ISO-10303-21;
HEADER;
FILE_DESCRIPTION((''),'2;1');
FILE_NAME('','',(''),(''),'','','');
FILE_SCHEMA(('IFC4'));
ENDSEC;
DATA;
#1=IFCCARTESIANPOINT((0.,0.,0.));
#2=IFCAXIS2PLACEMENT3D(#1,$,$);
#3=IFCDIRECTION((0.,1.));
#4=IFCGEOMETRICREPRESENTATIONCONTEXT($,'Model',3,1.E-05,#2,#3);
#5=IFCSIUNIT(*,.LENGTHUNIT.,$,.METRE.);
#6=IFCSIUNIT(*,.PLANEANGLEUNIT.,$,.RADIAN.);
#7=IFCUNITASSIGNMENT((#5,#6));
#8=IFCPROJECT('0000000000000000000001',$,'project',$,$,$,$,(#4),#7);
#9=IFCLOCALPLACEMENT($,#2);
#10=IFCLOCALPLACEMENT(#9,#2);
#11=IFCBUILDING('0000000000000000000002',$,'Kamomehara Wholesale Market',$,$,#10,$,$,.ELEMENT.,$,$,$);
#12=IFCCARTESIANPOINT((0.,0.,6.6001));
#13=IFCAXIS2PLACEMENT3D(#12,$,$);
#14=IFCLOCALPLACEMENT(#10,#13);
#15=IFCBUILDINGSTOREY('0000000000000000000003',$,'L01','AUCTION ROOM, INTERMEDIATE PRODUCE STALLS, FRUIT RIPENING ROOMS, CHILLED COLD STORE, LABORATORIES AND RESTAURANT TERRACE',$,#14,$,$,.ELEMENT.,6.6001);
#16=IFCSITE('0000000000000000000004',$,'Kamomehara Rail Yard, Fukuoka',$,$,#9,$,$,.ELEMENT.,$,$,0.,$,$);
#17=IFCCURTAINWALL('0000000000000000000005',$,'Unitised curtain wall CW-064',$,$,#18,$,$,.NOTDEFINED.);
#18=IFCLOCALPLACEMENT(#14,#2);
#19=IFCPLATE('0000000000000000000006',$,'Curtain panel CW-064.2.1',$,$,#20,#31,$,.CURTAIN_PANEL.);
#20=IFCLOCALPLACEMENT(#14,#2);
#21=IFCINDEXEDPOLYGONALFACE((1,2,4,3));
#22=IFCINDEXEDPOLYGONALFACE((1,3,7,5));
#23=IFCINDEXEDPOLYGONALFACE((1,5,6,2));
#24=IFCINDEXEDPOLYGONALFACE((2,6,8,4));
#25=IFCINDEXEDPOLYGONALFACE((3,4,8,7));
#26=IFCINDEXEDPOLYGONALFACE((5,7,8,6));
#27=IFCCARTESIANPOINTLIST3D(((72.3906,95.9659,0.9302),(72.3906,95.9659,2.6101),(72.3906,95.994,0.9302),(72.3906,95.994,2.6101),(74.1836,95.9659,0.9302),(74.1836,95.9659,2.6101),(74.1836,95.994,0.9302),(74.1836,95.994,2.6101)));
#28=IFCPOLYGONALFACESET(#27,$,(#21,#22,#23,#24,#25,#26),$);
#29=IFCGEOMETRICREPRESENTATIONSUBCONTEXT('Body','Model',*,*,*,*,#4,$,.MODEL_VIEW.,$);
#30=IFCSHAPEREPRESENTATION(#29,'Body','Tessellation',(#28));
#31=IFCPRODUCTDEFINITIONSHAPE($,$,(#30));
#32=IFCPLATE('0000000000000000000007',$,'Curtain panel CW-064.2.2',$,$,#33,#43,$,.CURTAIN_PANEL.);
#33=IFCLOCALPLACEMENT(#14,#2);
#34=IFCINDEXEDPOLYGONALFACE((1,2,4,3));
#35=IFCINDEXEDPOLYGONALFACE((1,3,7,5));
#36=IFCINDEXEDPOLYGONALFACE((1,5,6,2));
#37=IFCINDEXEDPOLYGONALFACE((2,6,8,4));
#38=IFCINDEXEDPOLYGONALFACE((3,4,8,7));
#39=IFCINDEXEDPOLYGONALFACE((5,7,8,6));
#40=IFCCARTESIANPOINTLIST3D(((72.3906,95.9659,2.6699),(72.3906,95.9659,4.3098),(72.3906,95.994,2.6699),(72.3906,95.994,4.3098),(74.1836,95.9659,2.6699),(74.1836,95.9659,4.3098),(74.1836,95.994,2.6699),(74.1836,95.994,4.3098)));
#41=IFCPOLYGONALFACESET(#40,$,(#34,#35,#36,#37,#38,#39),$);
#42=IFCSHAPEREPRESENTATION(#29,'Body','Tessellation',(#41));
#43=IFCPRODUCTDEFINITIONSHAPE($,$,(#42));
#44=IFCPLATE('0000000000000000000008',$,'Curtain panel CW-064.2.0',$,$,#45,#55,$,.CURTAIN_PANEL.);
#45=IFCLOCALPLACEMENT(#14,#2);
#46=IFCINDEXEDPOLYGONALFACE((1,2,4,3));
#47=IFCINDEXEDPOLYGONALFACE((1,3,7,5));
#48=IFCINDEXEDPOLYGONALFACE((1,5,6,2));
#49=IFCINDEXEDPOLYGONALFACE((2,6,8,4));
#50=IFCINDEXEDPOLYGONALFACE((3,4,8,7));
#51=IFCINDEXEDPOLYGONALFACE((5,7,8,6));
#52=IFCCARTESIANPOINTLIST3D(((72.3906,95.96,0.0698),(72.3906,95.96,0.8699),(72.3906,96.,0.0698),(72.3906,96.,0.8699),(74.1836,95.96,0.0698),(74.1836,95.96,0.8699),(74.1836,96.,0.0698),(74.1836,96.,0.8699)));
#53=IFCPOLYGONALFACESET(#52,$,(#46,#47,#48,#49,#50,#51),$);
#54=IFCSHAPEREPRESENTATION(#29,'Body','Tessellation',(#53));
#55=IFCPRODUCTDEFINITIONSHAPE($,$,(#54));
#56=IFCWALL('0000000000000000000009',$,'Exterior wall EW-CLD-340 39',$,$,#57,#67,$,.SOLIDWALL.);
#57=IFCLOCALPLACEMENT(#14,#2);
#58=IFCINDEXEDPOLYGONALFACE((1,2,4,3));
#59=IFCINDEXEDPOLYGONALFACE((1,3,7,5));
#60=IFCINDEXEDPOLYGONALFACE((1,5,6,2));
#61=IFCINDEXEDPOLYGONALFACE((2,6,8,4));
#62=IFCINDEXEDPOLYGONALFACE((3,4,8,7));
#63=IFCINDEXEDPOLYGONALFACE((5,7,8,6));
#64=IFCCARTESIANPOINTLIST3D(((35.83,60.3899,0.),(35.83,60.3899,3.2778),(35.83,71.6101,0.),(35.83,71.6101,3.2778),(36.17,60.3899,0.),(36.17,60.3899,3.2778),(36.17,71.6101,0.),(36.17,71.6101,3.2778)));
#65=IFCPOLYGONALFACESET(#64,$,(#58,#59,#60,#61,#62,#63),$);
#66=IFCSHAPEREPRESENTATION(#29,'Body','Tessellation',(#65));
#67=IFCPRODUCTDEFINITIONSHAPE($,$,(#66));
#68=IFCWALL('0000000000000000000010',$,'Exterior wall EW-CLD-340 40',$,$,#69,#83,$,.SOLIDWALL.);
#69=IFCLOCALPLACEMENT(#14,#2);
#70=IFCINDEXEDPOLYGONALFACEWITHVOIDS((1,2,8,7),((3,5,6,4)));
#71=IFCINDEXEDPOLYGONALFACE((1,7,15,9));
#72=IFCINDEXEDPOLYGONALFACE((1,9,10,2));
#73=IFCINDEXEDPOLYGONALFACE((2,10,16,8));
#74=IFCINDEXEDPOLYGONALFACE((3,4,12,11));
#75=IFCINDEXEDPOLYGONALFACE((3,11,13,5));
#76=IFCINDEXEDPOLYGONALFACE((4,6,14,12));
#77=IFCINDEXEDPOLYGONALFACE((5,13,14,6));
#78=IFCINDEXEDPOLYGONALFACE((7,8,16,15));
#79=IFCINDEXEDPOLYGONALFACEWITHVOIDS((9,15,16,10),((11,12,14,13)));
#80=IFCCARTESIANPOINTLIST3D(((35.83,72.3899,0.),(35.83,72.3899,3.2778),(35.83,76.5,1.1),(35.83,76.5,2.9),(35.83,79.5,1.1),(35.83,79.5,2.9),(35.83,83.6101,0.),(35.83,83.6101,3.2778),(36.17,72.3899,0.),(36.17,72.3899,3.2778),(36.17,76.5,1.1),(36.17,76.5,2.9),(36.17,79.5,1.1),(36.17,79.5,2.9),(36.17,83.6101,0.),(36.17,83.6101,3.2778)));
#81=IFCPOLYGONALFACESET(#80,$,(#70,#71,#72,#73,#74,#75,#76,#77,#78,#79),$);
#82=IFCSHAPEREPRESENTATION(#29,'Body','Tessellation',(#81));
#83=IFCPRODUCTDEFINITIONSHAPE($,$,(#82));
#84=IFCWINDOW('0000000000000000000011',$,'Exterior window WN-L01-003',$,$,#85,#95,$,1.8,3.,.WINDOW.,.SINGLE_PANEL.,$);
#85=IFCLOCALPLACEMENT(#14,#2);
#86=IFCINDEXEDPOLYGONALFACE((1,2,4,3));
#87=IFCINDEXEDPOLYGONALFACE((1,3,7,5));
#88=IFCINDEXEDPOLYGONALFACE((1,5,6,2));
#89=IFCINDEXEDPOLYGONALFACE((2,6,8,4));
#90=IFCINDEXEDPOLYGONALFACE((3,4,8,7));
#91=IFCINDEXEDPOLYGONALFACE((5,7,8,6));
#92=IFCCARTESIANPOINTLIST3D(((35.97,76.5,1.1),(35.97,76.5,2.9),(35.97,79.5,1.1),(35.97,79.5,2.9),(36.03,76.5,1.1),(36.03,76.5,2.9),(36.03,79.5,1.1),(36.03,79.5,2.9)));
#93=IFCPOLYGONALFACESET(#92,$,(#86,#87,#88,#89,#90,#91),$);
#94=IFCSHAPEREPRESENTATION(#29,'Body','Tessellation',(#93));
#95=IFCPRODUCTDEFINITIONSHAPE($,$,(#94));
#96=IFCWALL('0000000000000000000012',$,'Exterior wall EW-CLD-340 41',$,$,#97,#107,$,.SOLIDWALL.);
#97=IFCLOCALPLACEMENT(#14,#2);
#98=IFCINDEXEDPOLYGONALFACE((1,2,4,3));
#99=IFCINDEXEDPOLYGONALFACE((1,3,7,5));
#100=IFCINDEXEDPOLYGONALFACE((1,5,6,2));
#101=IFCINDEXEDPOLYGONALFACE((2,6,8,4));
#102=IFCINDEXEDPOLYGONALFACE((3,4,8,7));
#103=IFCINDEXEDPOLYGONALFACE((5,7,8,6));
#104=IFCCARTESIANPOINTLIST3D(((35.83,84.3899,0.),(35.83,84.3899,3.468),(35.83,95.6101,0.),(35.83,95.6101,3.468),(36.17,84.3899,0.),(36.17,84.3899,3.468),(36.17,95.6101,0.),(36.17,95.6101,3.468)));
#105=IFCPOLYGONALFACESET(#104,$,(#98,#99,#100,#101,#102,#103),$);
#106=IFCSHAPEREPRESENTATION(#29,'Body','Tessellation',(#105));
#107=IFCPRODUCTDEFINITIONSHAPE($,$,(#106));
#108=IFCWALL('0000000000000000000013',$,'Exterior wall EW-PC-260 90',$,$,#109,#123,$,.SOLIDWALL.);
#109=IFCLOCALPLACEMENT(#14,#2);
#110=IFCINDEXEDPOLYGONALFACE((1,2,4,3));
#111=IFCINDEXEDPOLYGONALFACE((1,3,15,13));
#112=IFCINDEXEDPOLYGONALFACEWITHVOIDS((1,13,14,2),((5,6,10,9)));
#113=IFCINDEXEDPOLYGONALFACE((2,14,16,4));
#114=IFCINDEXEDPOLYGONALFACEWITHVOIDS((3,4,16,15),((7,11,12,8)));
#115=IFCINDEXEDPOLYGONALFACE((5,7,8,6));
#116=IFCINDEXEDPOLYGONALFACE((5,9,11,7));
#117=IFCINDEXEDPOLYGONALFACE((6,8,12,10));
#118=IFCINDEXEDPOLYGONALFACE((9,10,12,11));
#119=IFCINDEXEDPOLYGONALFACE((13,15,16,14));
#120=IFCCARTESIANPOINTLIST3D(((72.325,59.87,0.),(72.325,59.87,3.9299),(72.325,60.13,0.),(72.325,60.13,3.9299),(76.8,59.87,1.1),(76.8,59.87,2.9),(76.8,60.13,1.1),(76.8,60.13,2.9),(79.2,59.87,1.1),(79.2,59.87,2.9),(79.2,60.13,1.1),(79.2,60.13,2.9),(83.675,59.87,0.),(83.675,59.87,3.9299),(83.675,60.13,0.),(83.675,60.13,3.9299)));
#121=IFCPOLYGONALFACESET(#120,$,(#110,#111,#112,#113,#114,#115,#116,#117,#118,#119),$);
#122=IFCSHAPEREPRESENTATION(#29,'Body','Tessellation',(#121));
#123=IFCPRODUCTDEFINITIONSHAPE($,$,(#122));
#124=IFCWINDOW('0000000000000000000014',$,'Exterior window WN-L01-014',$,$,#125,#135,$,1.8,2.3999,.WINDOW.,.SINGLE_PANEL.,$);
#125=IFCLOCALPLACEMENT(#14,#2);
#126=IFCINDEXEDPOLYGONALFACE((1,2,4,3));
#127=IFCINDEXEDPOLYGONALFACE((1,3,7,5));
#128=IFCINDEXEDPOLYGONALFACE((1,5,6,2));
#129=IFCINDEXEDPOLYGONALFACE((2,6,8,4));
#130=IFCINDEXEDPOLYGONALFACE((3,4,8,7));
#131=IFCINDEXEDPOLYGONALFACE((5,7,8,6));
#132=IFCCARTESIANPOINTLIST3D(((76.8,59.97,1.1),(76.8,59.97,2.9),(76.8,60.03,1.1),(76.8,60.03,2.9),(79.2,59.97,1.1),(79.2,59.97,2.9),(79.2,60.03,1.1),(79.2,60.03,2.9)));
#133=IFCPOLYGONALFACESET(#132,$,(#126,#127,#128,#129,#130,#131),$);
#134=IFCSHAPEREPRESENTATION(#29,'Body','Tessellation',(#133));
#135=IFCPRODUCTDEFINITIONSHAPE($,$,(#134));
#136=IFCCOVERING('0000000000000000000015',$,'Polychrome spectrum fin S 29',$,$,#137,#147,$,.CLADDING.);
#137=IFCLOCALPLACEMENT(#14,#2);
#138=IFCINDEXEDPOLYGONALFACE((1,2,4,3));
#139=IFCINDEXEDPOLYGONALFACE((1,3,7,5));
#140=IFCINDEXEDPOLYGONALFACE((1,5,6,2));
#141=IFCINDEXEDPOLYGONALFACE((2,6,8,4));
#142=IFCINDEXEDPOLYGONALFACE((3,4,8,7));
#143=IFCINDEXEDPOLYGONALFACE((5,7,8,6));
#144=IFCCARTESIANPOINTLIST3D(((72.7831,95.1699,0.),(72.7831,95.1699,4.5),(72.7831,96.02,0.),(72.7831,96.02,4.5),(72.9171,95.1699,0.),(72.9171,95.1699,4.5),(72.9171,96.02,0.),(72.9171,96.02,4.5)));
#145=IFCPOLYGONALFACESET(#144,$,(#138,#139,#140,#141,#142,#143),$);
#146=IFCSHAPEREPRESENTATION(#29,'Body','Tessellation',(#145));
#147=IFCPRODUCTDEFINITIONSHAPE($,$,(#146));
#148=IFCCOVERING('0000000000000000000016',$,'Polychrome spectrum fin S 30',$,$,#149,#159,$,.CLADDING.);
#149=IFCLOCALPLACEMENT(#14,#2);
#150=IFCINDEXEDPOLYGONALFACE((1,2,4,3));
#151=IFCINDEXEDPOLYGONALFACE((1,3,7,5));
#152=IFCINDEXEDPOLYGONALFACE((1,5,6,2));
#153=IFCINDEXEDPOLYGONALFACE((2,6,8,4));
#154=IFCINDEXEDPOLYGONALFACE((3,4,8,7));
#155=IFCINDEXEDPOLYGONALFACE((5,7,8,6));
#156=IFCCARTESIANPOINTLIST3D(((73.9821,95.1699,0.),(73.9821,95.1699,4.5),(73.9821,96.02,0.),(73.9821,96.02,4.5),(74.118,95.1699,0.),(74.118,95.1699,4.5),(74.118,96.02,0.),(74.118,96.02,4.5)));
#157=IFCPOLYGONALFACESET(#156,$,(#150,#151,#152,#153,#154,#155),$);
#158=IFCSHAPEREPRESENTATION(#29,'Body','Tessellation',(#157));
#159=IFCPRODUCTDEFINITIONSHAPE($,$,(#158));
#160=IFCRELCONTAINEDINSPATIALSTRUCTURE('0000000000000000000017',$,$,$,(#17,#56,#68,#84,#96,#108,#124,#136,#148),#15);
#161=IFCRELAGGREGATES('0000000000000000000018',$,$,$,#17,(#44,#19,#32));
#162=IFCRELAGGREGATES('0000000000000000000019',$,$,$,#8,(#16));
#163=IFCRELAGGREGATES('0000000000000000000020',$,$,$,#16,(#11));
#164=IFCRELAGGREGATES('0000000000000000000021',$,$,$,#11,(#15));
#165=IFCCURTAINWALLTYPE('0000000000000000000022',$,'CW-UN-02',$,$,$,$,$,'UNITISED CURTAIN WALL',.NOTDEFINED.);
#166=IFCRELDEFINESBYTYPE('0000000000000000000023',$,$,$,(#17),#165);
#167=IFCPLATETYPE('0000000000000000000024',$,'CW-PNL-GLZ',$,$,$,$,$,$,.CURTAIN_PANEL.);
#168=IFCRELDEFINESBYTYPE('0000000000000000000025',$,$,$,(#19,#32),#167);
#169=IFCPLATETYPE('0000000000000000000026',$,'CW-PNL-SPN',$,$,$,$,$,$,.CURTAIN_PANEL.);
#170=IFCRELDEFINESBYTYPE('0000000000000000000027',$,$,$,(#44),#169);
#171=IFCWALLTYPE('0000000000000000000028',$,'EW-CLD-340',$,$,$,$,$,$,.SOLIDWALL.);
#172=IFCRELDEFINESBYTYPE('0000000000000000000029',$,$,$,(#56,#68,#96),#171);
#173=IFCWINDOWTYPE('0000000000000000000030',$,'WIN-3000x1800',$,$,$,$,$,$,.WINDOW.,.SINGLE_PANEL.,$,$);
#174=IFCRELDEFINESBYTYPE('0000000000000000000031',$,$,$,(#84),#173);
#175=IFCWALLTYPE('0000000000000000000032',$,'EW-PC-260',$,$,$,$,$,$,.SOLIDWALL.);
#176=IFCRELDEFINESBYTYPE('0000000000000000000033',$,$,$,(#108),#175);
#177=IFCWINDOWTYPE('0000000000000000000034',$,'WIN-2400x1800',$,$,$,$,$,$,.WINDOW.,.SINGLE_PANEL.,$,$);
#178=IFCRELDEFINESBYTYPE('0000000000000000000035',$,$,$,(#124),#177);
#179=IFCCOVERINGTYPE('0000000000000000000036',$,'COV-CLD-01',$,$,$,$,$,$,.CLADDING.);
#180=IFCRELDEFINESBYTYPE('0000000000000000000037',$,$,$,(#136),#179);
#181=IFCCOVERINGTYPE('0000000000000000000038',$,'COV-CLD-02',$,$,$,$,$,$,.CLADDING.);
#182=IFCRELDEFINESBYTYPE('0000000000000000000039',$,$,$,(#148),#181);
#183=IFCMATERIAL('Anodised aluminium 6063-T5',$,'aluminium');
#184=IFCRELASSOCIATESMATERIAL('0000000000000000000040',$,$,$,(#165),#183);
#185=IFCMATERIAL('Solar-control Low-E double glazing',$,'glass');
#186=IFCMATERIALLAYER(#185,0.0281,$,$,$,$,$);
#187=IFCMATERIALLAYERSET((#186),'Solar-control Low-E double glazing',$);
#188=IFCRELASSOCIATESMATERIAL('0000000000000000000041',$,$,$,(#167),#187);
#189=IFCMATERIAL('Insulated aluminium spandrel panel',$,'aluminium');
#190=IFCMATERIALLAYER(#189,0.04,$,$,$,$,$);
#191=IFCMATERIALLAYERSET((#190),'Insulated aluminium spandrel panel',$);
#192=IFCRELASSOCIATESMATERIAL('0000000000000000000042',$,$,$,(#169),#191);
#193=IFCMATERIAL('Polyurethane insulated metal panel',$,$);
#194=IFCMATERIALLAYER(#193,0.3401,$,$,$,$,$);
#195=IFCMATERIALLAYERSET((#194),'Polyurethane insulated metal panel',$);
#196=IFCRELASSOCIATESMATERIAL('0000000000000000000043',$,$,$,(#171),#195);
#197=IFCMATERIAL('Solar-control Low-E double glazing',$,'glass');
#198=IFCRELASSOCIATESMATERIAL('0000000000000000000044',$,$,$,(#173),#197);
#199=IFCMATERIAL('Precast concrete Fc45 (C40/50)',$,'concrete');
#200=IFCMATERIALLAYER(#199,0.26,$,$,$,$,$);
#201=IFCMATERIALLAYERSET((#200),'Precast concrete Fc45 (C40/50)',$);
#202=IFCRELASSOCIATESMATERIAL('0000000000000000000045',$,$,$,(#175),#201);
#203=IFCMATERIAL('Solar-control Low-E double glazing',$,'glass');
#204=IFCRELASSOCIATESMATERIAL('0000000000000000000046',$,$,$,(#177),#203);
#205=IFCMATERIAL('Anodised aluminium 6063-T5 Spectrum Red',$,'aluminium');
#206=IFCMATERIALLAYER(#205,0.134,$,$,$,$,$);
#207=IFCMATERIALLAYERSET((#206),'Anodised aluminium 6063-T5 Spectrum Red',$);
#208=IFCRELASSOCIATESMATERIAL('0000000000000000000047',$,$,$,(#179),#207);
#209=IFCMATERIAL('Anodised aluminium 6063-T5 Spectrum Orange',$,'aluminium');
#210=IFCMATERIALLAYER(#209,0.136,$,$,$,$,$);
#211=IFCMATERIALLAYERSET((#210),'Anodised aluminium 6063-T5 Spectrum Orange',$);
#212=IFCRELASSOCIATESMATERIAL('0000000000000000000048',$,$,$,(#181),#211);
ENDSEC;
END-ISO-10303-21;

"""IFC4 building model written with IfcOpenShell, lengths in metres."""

from ifc_helpers import new_model, si_unit, direction, frame, frame_2d, origin, origin_2d, place, context, subcontext, project, spatial, rectangle, extrude, material, layer, layer_set, type_object, element, fill, aggregate, save


model = new_model("IFC4")

# Units and contexts
model_context = context("Model", 3, precision=1e-05, world=origin(), true_north=direction((0.0, 1.0)))
body_context = subcontext(model_context, "Body", "Model", "MODEL_VIEW")
ifc_project = project(units=[si_unit("LENGTHUNIT", "METRE"), si_unit("PLANEANGLEUNIT", "RADIAN")], contexts=[model_context])

# Site, building, storey
site_placement = place(None, origin())
site = spatial("IfcSite", under=ifc_project, at=site_placement, Name="Kamomehara Rail Yard, Fukuoka", CompositionType="ELEMENT", RefElevation=0.0)
building_placement = place(site_placement, origin())
building = spatial("IfcBuilding", under=site, at=building_placement, Name="Kamomehara Wholesale Market", CompositionType="ELEMENT")
storey_placement = place(building_placement, frame((0.0, 0.0, 6.6001)))
storey = spatial("IfcBuildingStorey", under=building, at=storey_placement, Name="L01", Description="AUCTION ROOM, INTERMEDIATE PRODUCE STALLS, FRUIT RIPENING ROOMS, CHILLED COLD STORE, LABORATORIES AND RESTAURANT TERRACE", CompositionType="ELEMENT", Elevation=6.6001)

# Curtain wall, plates
ifc_material_1 = material(Name="Anodised aluminium 6063-T5", Category="aluminium")
curtain_wall_type = type_object("IfcCurtainWallType", Name="CW-UN-02", ElementType="UNITISED CURTAIN WALL", PredefinedType="NOTDEFINED", material=ifc_material_1)
curtain_wall_placement = place(storey_placement, origin())
curtain_wall = element("IfcCurtainWall", 1, at=curtain_wall_placement, inside=storey, type_object=curtain_wall_type, Name="Unitised curtain wall CW-064", PredefinedType="NOTDEFINED")
ifc_material_2 = material(Name="Solar-control Low-E double glazing", Category="glass")
ifc_layer_1 = layer(ifc_material_2, 0.0281)
ifc_layer_set_1 = layer_set([ifc_layer_1], Name="Solar-control Low-E double glazing")
plate_type_1 = type_object("IfcPlateType", Name="CW-PNL-GLZ", PredefinedType="CURTAIN_PANEL", material=ifc_layer_set_1)
plate_1_placement = place(storey_placement, frame((73.2871, 95.98, 0.9302), z_axis=(0.0, 0.0, 1.0), x_axis=(-1.0, 0.0, 0.0)))
plate_1 = element("IfcPlate", 2, at=plate_1_placement, type_object=plate_type_1, Name="Curtain panel CW-064.2.1", PredefinedType="CURTAIN_PANEL", context=body_context, shape_type="SweptSolid", body=[
    extrude(rectangle(XDim=1.793, YDim=0.0281, at=origin_2d()), origin(), (0.0, 0.0, 1.0), 1.6799),
])
plate_2_placement = place(storey_placement, frame((73.2871, 95.98, 2.6699), z_axis=(0.0, 0.0, 1.0), x_axis=(-1.0, 0.0, 0.0)))
plate_2 = element("IfcPlate", 3, at=plate_2_placement, type_object=plate_type_1, Name="Curtain panel CW-064.2.2", PredefinedType="CURTAIN_PANEL", context=body_context, shape_type="SweptSolid", body=[
    extrude(rectangle(XDim=1.793, YDim=0.0281, at=origin_2d()), origin(), (0.0, 0.0, 1.0), 1.6399),
])
ifc_material_3 = material(Name="Insulated aluminium spandrel panel", Category="aluminium")
ifc_layer_2 = layer(ifc_material_3, 0.04)
ifc_layer_set_2 = layer_set([ifc_layer_2], Name="Insulated aluminium spandrel panel")
plate_type_2 = type_object("IfcPlateType", Name="CW-PNL-SPN", PredefinedType="CURTAIN_PANEL", material=ifc_layer_set_2)
plate_3_placement = place(storey_placement, frame((73.2871, 95.98, 0.0698), z_axis=(0.0, 0.0, 1.0), x_axis=(-1.0, 0.0, 0.0)))
plate_3 = element("IfcPlate", 4, at=plate_3_placement, type_object=plate_type_2, Name="Curtain panel CW-064.2.0", PredefinedType="CURTAIN_PANEL", context=body_context, shape_type="SweptSolid", body=[
    extrude(rectangle(XDim=1.793, YDim=0.04, at=origin_2d()), origin(), (0.0, 0.0, 1.0), 0.8),
])
aggregate(curtain_wall, [plate_3, plate_1, plate_2])

# Wall
ifc_material_4 = material(Name="Polyurethane insulated metal panel")
ifc_layer_3 = layer(ifc_material_4, 0.3401)
ifc_layer_set_3 = layer_set([ifc_layer_3], Name="Polyurethane insulated metal panel")
wall_type_1 = type_object("IfcWallType", Name="EW-CLD-340", PredefinedType="SOLIDWALL", material=ifc_layer_set_3)
wall_1_placement = place(storey_placement, frame((36.0, 71.6101, 0.0), z_axis=(0.0, 0.0, 1.0), x_axis=(0.0, -1.0, 0.0)))
element("IfcWall", 5, at=wall_1_placement, inside=storey, type_object=wall_type_1, Name="Exterior wall EW-CLD-340 39", PredefinedType="SOLIDWALL", context=body_context, shape_type="SweptSolid", body=[
    extrude(rectangle(XDim=11.2202, YDim=0.3401, at=frame_2d((5.6101, 0.0))), origin(), (0.0, 0.0, 1.0), 3.2778),
])

# Wall, opening, window
wall_2_placement = place(storey_placement, frame((36.0, 83.6101, 0.0), z_axis=(0.0, 0.0, 1.0), x_axis=(0.0, -1.0, 0.0)))
wall_2 = element("IfcWall", 6, at=wall_2_placement, inside=storey, type_object=wall_type_1, Name="Exterior wall EW-CLD-340 40", PredefinedType="SOLIDWALL", context=body_context, shape_type="SweptSolid", body=[
    extrude(rectangle(XDim=11.2202, YDim=0.3401, at=frame_2d((5.6101, 0.0))), origin(), (0.0, 0.0, 1.0), 3.2778),
])
opening_1_placement = place(wall_2_placement, frame((4.1101, 0.0, 1.1001)))
opening_1 = element("IfcOpeningElement", 7, at=opening_1_placement, cuts=wall_2, PredefinedType="OPENING", context=body_context, shape_type="SweptSolid", body=[
    extrude(rectangle(XDim=3.0, YDim=1.8, at=frame_2d((1.5, 0.8999))), frame((0.0, 0.1851, 0.0), z_axis=(0.0, -1.0, 0.0), x_axis=(1.0, 0.0, 0.0)), (0.0, 0.0, 1.0), 0.3699),
])
ifc_material_5 = material(Name="Solar-control Low-E double glazing", Category="glass")
window_type_1 = type_object("IfcWindowType", Name="WIN-3000x1800", PartitioningType="SINGLE_PANEL", PredefinedType="WINDOW", material=ifc_material_5)
window_1_placement = place(opening_1_placement, origin())
window_1 = element("IfcWindow", 8, at=window_1_placement, inside=storey, type_object=window_type_1, Name="Exterior window WN-L01-003", OverallHeight=1.8, OverallWidth=3.0, PartitioningType="SINGLE_PANEL", PredefinedType="WINDOW", context=body_context, shape_type="SweptSolid", body=[
    extrude(rectangle(XDim=3.0, YDim=1.8, at=frame_2d((1.5, 0.8999))), frame((0.0, 0.03, 0.0), z_axis=(0.0, -1.0, 0.0), x_axis=(1.0, 0.0, 0.0)), (0.0, 0.0, 1.0), 0.0601),
])
fill(opening_1, window_1)

# Wall
wall_3_placement = place(storey_placement, frame((36.0, 95.6101, 0.0), z_axis=(0.0, 0.0, 1.0), x_axis=(0.0, -1.0, 0.0)))
element("IfcWall", 9, at=wall_3_placement, inside=storey, type_object=wall_type_1, Name="Exterior wall EW-CLD-340 41", PredefinedType="SOLIDWALL", context=body_context, shape_type="SweptSolid", body=[
    extrude(rectangle(XDim=11.2202, YDim=0.3401, at=frame_2d((5.6101, 0.0))), origin(), (0.0, 0.0, 1.0), 3.468),
])

# Wall, opening, window
ifc_material_6 = material(Name="Precast concrete Fc45 (C40/50)", Category="concrete")
ifc_layer_4 = layer(ifc_material_6, 0.26)
ifc_layer_set_4 = layer_set([ifc_layer_4], Name="Precast concrete Fc45 (C40/50)")
wall_type_2 = type_object("IfcWallType", Name="EW-PC-260", PredefinedType="SOLIDWALL", material=ifc_layer_set_4)
wall_4_placement = place(storey_placement, frame((72.325, 60.0, 0.0), z_axis=(0.0, 0.0, 1.0), x_axis=(1.0, 0.0, 0.0)))
wall_4 = element("IfcWall", 10, at=wall_4_placement, inside=storey, type_object=wall_type_2, Name="Exterior wall EW-PC-260 90", PredefinedType="SOLIDWALL", context=body_context, shape_type="SweptSolid", body=[
    extrude(rectangle(XDim=11.3501, YDim=0.26, at=frame_2d((5.675, 0.0))), origin(), (0.0, 0.0, 1.0), 3.9299),
])
opening_2_placement = place(wall_4_placement, frame((4.4751, 0.0, 1.1001)))
opening_2 = element("IfcOpeningElement", 11, at=opening_2_placement, cuts=wall_4, PredefinedType="OPENING", context=body_context, shape_type="SweptSolid", body=[
    extrude(rectangle(XDim=2.3999, YDim=1.8, at=frame_2d((1.2, 0.8999))), frame((0.0, 0.145, 0.0), z_axis=(0.0, -1.0, 0.0), x_axis=(1.0, 0.0, 0.0)), (0.0, 0.0, 1.0), 0.2898),
])
ifc_material_7 = material(Name="Solar-control Low-E double glazing", Category="glass")
window_type_2 = type_object("IfcWindowType", Name="WIN-2400x1800", PartitioningType="SINGLE_PANEL", PredefinedType="WINDOW", material=ifc_material_7)
window_2_placement = place(opening_2_placement, origin())
window_2 = element("IfcWindow", 12, at=window_2_placement, inside=storey, type_object=window_type_2, Name="Exterior window WN-L01-014", OverallHeight=1.8, OverallWidth=2.3999, PartitioningType="SINGLE_PANEL", PredefinedType="WINDOW", context=body_context, shape_type="SweptSolid", body=[
    extrude(rectangle(XDim=2.3999, YDim=1.8, at=frame_2d((1.2, 0.8999))), frame((0.0, 0.03, 0.0), z_axis=(0.0, -1.0, 0.0), x_axis=(1.0, 0.0, 0.0)), (0.0, 0.0, 1.0), 0.0601),
])
fill(opening_2, window_2)

# Coverings
ifc_material_8 = material(Name="Anodised aluminium 6063-T5 Spectrum Red", Category="aluminium")
ifc_layer_5 = layer(ifc_material_8, 0.134)
ifc_layer_set_5 = layer_set([ifc_layer_5], Name="Anodised aluminium 6063-T5 Spectrum Red")
covering_type_1 = type_object("IfcCoveringType", Name="COV-CLD-01", PredefinedType="CLADDING", material=ifc_layer_set_5)
covering_1_placement = place(storey_placement, frame((72.8501, 95.595, 0.0), z_axis=(0.0, 0.0, 1.0), x_axis=(1.0, 0.0, 0.0)))
element("IfcCovering", 13, at=covering_1_placement, inside=storey, type_object=covering_type_1, Name="Polychrome spectrum fin S 29", PredefinedType="CLADDING", context=body_context, shape_type="SweptSolid", body=[
    extrude(rectangle(XDim=0.134, YDim=0.8501, at=origin_2d()), origin(), (0.0, 0.0, 1.0), 4.5),
])
ifc_material_9 = material(Name="Anodised aluminium 6063-T5 Spectrum Orange", Category="aluminium")
ifc_layer_6 = layer(ifc_material_9, 0.136)
ifc_layer_set_6 = layer_set([ifc_layer_6], Name="Anodised aluminium 6063-T5 Spectrum Orange")
covering_type_2 = type_object("IfcCoveringType", Name="COV-CLD-02", PredefinedType="CLADDING", material=ifc_layer_set_6)
covering_2_placement = place(storey_placement, frame((74.05, 95.595, 0.0), z_axis=(0.0, 0.0, 1.0), x_axis=(1.0, 0.0, 0.0)))
element("IfcCovering", 14, at=covering_2_placement, inside=storey, type_object=covering_type_2, Name="Polychrome spectrum fin S 30", PredefinedType="CLADDING", context=body_context, shape_type="SweptSolid", body=[
    extrude(rectangle(XDim=0.136, YDim=0.8501, at=origin_2d()), origin(), (0.0, 0.0, 1.0), 4.5),
])

save(model, "model.ifc")
